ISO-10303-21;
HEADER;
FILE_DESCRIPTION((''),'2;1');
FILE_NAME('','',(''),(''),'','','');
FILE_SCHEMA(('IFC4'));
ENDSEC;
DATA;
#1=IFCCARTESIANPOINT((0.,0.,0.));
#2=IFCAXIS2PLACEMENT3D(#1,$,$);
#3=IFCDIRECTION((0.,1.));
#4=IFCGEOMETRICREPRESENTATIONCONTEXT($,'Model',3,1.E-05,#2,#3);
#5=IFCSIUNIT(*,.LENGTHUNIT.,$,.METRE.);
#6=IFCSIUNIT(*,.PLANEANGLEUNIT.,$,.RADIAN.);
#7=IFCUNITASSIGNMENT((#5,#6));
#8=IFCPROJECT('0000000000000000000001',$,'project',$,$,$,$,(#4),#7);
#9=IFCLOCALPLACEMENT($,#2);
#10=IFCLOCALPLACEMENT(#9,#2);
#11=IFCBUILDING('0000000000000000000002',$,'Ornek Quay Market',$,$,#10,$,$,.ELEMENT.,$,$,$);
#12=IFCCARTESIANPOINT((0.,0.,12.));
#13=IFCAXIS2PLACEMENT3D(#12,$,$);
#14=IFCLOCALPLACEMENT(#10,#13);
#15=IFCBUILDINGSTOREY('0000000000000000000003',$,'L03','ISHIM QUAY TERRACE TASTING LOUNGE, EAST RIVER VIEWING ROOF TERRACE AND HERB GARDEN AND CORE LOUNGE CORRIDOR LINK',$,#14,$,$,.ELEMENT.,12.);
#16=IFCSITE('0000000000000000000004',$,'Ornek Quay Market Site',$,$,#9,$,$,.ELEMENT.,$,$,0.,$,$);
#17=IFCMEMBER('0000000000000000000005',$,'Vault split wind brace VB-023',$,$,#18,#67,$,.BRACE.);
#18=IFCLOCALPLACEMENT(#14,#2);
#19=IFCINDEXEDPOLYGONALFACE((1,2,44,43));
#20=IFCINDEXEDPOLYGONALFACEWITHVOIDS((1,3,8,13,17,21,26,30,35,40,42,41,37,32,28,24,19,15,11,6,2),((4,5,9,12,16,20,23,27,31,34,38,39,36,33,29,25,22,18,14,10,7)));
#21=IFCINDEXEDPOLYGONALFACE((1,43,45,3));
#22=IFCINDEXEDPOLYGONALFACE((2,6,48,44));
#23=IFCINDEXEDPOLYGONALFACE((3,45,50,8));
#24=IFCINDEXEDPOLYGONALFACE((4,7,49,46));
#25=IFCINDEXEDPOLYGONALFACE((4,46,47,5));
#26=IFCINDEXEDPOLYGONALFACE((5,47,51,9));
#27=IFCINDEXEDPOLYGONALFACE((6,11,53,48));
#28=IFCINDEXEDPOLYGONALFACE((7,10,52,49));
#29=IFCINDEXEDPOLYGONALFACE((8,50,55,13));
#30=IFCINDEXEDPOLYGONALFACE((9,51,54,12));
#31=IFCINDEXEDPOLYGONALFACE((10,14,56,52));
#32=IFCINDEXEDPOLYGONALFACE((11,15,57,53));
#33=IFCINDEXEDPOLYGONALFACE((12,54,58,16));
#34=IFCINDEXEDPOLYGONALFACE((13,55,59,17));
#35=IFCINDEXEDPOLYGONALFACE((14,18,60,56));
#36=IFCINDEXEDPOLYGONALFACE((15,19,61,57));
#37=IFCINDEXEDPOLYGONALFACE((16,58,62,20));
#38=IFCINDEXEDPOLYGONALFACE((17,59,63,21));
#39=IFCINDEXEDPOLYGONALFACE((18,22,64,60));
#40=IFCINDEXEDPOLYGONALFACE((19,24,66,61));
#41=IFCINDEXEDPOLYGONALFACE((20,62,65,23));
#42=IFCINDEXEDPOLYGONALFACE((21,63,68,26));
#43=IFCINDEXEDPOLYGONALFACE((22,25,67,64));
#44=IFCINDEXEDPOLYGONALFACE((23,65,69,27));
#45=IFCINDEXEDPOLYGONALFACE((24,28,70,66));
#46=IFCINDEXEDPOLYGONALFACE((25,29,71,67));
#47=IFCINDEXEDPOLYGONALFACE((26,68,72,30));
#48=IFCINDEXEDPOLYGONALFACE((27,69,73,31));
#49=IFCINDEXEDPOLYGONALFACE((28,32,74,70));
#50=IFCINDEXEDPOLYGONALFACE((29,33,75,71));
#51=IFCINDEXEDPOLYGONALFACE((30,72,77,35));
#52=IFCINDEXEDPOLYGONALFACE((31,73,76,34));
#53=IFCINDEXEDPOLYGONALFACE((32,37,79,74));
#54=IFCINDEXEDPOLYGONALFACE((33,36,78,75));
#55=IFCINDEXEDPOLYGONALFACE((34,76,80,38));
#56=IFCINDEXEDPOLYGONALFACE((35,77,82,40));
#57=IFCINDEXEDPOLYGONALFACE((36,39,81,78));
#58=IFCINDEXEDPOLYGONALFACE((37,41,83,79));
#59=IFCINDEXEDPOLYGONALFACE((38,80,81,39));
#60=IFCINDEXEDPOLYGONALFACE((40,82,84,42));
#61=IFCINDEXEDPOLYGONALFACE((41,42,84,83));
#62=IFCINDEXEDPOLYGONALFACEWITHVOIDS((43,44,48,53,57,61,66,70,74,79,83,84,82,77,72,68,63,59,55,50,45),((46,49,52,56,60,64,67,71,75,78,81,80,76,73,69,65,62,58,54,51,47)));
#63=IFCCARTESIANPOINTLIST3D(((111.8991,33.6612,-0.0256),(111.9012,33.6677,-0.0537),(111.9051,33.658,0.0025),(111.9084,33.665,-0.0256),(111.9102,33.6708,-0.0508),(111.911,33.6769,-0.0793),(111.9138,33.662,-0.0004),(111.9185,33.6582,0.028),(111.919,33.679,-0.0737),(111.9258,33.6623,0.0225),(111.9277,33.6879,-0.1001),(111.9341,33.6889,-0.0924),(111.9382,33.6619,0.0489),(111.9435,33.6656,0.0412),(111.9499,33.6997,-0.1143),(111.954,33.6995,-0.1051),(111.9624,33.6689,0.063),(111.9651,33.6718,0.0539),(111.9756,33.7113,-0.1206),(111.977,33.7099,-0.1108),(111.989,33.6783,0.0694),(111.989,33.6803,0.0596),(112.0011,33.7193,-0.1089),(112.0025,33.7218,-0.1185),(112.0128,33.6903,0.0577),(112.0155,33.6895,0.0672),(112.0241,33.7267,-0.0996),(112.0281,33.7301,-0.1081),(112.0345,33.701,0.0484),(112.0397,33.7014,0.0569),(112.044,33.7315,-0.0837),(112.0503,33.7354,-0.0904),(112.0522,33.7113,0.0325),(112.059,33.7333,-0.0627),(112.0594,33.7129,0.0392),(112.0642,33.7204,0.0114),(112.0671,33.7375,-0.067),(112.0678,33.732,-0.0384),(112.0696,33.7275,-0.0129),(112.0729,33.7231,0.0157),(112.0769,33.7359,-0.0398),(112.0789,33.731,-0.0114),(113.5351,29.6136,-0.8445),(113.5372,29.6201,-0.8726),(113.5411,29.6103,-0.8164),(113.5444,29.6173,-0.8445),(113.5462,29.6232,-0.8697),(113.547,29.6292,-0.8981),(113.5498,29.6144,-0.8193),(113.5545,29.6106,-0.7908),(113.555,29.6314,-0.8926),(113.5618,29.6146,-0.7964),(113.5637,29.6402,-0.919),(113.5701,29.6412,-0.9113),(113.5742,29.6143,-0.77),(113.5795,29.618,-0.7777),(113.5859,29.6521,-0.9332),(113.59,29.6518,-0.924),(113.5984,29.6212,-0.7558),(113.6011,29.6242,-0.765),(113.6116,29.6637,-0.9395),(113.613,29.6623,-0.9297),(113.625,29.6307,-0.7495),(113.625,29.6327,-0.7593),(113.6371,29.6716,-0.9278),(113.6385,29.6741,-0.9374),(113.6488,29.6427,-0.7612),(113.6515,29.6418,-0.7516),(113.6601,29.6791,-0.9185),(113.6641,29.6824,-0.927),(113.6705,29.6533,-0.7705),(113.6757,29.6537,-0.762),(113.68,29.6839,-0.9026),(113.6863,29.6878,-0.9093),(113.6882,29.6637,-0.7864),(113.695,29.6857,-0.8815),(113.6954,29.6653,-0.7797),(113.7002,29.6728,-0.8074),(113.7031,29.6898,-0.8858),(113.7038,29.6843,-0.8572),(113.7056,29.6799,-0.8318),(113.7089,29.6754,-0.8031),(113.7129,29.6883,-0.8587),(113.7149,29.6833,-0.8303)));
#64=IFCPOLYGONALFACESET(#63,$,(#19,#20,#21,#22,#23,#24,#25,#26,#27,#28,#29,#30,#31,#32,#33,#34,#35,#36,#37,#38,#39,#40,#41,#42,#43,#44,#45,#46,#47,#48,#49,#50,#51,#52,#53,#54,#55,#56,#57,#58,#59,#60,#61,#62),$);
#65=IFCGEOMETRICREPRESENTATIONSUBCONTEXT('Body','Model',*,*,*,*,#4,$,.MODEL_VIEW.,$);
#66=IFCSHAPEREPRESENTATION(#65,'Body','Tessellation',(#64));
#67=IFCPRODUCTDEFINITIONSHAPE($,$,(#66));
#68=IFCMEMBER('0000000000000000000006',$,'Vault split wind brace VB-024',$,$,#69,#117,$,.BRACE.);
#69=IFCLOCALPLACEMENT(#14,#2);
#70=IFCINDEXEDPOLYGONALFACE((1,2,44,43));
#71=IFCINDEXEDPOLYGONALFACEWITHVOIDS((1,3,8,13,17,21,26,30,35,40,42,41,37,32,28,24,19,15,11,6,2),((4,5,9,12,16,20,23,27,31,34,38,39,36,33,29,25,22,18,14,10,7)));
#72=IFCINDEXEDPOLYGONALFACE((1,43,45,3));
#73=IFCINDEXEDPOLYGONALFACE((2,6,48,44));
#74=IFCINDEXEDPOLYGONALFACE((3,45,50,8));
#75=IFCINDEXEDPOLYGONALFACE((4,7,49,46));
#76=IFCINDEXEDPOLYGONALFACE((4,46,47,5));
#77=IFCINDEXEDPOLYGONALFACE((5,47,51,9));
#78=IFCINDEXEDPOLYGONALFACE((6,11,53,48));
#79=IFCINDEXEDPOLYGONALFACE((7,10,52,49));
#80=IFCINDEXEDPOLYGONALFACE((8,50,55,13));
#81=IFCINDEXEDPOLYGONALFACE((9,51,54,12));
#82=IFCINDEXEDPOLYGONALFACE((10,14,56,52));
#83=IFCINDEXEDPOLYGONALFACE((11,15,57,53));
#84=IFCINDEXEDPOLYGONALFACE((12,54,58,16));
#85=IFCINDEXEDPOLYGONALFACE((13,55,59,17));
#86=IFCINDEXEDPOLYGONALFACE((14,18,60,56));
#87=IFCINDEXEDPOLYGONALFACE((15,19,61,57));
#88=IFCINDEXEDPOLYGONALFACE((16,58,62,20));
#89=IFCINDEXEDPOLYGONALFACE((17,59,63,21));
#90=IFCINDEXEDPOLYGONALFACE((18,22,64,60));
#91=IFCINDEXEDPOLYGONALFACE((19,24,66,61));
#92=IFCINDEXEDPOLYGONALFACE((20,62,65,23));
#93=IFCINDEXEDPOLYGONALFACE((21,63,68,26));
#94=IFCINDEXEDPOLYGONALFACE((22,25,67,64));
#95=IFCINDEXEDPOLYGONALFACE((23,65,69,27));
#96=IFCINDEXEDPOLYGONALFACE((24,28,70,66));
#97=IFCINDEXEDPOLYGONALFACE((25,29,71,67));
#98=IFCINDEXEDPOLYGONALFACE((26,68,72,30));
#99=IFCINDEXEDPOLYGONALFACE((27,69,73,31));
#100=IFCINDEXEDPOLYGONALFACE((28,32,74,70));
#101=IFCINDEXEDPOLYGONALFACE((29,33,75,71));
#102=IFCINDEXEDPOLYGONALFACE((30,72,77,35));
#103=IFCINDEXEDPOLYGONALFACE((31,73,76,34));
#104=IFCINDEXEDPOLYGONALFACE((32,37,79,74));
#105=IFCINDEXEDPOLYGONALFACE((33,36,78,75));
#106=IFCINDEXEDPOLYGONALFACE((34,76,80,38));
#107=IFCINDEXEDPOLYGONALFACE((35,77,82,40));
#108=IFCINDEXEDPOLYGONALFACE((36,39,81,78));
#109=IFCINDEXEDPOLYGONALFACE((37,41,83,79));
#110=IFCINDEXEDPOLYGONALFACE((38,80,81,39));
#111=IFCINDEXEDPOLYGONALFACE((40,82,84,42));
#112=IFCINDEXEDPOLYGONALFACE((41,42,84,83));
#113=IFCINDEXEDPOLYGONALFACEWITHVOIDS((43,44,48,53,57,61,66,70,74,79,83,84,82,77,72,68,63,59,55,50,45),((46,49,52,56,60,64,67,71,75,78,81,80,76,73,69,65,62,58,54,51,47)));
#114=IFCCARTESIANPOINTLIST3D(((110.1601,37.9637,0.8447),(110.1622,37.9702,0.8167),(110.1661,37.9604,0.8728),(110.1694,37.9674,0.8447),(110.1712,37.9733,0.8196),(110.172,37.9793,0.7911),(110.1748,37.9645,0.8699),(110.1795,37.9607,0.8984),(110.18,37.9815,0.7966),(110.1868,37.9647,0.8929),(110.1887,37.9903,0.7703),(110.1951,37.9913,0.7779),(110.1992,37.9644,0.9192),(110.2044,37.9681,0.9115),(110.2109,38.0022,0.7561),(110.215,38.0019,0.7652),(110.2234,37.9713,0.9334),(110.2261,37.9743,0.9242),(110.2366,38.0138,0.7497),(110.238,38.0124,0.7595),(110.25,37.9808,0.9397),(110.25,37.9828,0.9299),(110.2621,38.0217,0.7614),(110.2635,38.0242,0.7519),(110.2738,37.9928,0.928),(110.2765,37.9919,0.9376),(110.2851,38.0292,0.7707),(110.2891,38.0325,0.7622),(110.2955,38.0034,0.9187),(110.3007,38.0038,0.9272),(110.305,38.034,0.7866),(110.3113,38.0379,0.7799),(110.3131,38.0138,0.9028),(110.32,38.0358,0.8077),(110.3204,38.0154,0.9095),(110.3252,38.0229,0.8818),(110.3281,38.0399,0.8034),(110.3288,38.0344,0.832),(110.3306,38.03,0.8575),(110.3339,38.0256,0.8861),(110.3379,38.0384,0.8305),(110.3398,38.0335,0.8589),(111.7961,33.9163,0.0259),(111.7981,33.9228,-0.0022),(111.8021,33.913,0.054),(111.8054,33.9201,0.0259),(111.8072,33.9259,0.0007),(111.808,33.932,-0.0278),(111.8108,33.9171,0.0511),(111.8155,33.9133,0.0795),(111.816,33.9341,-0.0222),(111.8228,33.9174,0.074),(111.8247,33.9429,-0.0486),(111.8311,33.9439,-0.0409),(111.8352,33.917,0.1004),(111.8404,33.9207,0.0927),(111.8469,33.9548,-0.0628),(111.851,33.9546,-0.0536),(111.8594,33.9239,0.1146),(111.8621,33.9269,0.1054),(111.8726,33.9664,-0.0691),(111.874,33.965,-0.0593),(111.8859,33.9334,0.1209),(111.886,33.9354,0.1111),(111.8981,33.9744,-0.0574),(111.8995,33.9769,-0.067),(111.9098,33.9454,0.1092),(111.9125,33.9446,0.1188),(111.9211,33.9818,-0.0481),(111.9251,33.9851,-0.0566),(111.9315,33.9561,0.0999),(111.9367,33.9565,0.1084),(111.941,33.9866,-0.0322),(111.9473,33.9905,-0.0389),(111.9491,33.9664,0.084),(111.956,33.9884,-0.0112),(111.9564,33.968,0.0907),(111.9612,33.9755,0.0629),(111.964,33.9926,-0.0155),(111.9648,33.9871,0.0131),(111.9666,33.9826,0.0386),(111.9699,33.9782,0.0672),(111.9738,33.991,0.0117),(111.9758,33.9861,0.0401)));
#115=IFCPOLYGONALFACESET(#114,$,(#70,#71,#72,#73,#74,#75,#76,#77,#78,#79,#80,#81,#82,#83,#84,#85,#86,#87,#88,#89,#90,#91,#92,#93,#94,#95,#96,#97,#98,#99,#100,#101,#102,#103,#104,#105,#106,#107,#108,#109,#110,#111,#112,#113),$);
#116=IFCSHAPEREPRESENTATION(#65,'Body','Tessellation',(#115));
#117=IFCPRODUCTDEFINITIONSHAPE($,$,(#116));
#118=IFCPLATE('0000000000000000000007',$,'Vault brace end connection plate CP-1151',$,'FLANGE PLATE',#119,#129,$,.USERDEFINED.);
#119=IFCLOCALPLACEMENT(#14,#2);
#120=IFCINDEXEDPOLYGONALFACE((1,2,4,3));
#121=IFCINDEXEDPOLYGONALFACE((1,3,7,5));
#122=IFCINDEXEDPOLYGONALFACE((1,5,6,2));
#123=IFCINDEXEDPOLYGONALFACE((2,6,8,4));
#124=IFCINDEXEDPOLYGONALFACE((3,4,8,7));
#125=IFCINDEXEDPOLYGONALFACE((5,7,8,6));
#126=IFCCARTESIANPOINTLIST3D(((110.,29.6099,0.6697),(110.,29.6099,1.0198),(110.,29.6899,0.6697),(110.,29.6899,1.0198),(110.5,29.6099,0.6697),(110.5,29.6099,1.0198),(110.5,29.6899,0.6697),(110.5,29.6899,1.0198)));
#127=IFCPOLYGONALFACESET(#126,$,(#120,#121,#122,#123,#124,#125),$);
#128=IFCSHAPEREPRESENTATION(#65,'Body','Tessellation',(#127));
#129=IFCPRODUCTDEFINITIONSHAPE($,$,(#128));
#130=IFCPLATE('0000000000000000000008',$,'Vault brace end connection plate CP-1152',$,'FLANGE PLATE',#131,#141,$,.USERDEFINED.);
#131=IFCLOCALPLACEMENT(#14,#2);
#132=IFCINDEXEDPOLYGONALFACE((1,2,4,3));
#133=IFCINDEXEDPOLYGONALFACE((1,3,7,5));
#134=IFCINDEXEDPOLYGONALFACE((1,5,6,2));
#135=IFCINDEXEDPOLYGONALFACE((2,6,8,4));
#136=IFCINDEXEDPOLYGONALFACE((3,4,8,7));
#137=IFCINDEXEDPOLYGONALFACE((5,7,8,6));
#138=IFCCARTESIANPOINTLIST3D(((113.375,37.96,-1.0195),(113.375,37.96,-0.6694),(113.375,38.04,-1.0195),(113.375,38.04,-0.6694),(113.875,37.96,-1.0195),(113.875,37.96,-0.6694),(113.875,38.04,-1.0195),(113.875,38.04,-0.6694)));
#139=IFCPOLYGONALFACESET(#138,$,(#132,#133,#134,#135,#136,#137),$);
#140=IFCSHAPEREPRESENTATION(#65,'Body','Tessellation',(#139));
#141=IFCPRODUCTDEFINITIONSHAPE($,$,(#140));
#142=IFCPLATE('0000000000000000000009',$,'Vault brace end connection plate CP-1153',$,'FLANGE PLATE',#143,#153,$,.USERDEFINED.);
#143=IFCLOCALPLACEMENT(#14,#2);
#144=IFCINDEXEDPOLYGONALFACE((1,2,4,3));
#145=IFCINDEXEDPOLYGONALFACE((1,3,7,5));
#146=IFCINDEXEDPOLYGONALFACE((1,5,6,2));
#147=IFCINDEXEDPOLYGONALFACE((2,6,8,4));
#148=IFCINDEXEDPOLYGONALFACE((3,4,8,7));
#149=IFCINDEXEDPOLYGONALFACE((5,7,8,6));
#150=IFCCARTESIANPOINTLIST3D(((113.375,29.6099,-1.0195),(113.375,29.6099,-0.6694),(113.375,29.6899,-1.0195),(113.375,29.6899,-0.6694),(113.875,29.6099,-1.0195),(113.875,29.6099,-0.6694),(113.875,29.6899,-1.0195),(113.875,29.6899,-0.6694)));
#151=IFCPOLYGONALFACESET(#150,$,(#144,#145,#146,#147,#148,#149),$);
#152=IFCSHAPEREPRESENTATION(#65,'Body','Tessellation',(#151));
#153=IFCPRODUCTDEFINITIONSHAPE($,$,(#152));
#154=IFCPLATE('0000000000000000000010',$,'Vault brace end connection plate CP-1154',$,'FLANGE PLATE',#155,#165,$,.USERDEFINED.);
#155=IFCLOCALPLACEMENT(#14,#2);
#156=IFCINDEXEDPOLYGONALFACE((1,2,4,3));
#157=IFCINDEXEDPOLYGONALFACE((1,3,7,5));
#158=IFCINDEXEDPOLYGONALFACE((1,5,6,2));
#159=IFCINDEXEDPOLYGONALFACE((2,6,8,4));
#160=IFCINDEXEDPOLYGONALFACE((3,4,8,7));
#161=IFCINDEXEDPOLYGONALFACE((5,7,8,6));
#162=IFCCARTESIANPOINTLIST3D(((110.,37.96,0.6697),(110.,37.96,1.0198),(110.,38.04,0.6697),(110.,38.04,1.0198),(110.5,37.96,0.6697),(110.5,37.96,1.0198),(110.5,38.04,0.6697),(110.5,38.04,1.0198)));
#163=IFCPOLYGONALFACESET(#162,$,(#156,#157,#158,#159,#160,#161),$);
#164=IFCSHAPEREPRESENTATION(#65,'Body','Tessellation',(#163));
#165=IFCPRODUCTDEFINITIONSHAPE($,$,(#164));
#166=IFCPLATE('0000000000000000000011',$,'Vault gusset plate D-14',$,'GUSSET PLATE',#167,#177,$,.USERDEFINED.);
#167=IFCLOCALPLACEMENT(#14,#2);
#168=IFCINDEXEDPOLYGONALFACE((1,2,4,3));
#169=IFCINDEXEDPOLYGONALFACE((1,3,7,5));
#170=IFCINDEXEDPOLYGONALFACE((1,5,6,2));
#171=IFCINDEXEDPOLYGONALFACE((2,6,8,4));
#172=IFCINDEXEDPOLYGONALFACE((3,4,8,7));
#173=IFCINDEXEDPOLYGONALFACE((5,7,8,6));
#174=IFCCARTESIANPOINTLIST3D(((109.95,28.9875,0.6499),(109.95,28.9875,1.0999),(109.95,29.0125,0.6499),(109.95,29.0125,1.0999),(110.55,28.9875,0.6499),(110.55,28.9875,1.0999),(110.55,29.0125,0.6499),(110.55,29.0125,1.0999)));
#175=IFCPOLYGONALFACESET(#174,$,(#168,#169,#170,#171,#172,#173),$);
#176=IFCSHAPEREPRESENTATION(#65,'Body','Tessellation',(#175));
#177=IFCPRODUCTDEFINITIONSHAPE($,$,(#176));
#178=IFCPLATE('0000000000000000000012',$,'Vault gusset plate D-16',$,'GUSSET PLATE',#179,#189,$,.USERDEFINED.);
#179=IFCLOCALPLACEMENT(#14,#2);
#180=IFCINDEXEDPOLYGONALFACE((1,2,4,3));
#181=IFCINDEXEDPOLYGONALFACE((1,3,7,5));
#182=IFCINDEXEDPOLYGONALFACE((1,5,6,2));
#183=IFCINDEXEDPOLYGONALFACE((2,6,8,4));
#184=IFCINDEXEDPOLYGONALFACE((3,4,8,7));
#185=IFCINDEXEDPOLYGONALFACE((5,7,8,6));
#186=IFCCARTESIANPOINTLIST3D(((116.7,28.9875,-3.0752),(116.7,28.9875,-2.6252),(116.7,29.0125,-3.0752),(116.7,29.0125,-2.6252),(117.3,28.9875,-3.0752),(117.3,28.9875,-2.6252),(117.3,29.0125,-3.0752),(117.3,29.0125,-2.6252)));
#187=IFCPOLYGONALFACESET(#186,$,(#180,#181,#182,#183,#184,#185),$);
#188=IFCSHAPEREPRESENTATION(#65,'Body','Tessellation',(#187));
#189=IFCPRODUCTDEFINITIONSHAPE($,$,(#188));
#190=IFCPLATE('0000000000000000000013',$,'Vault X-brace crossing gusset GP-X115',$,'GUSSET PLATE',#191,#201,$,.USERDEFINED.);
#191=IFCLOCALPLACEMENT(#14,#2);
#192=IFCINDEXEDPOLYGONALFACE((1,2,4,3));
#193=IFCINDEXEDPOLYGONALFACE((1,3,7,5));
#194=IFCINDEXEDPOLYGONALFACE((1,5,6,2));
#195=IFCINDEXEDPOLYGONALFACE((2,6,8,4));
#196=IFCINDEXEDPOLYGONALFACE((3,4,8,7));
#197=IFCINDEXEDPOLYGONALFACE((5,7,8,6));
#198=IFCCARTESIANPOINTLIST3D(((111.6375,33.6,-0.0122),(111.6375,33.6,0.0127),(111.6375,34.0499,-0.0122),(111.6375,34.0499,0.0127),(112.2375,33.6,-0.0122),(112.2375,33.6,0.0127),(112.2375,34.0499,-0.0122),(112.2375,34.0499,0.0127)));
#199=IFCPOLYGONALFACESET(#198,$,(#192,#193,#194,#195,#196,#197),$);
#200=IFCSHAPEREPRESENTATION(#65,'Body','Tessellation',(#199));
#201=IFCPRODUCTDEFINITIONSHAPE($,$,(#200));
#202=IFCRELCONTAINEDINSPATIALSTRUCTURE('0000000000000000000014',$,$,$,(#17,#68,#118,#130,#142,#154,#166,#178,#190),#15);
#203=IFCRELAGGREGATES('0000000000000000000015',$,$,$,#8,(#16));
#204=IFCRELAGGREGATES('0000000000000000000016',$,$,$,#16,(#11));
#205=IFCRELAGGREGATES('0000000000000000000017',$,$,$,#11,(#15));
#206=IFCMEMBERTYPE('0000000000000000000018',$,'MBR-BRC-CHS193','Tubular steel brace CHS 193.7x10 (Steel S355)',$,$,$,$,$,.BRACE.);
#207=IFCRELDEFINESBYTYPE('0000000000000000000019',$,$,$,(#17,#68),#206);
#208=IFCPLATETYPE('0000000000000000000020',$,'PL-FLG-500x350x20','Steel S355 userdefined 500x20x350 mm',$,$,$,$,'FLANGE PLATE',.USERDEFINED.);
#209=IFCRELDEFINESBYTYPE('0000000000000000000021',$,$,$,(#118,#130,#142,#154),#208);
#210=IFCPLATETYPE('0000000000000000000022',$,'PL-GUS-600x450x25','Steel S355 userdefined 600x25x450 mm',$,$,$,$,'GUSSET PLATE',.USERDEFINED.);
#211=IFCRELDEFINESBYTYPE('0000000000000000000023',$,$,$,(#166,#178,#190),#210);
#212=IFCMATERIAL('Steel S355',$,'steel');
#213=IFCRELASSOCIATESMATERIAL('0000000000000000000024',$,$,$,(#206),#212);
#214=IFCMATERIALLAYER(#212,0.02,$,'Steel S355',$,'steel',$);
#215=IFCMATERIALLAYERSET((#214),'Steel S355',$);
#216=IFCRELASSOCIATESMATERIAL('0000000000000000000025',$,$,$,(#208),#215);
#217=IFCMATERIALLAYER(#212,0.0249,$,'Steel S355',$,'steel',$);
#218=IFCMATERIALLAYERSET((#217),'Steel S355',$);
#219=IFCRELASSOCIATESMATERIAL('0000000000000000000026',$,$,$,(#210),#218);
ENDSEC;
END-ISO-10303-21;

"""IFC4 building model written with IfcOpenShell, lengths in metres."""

from ifc_helpers import new_model, si_unit, direction, frame, origin, origin_2d, place, context, subcontext, project, spatial, rectangle, hollow_circle, extrude, material, layer, layer_set, material_profile, profile_set, type_object, element, save


model = new_model("IFC4")

# Units and contexts
model_context = context("Model", 3, precision=1e-05, world=origin(), true_north=direction((0.0, 1.0)))
body_context = subcontext(model_context, "Body", "Model", "MODEL_VIEW")
ifc_project = project(units=[si_unit("LENGTHUNIT", "METRE"), si_unit("PLANEANGLEUNIT", "RADIAN")], contexts=[model_context])

# Site, building, storey
site_placement = place(None, origin())
site = spatial("IfcSite", under=ifc_project, at=site_placement, Name="Ornek Quay Market Site", CompositionType="ELEMENT", RefElevation=0.0)
building_placement = place(site_placement, origin())
building = spatial("IfcBuilding", under=site, at=building_placement, Name="Ornek Quay Market", CompositionType="ELEMENT")
storey_placement = place(building_placement, frame((0.0, 0.0, 12.0)))
storey = spatial("IfcBuildingStorey", under=building, at=storey_placement, Name="L03", Description="ISHIM QUAY TERRACE TASTING LOUNGE, EAST RIVER VIEWING ROOF TERRACE AND HERB GARDEN AND CORE LOUNGE CORRIDOR LINK", CompositionType="ELEMENT", Elevation=12.0)

# Shared definitions
ifc_material_1 = material(Name="Steel S355", Category="steel")

# Members
ifc_material_profile_1 = material_profile(ifc_material_1, hollow_circle(Radius=0.0969, WallThickness=0.01, at=origin_2d()), Name="CHS 193.7x10", Category="steel")
ifc_profile_set_1 = profile_set([ifc_material_profile_1], Name="Steel S355")
member_type = type_object("IfcMemberType", Name="MBR-BRC-CHS193", Description="Tubular steel brace CHS 193.7x10 (Steel S355)", PredefinedType="BRACE", material=ifc_profile_set_1)
member_1_placement = place(storey_placement, frame((113.625, 29.6499, -0.8445), z_axis=(-0.368311, 0.911242, 0.184348), x_axis=(-0.927132, -0.374734, 0.0)))
element("IfcMember", 1, at=member_1_placement, inside=storey, type_object=member_type, Name="Vault split wind brace VB-023", PredefinedType="BRACE", context=body_context, shape_type="SweptSolid", body=[
    extrude(hollow_circle(Radius=0.0969, WallThickness=0.01, at=origin_2d()), origin(), (0.0, 0.0, 1.0), 4.4419),
])
member_2_placement = place(storey_placement, frame((111.886, 33.9526, 0.0259), z_axis=(-0.36833, 0.911233, 0.184357), x_axis=(-0.927125, -0.374753, 0.0)))
element("IfcMember", 2, at=member_2_placement, inside=storey, type_object=member_type, Name="Vault split wind brace VB-024", PredefinedType="BRACE", context=body_context, shape_type="SweptSolid", body=[
    extrude(hollow_circle(Radius=0.0969, WallThickness=0.01, at=origin_2d()), origin(), (0.0, 0.0, 1.0), 4.4417),
])

# Plates
ifc_layer_1 = layer(ifc_material_1, 0.02, Name="Steel S355", Category="steel")
ifc_layer_set_1 = layer_set([ifc_layer_1], Name="Steel S355")
plate_type_1 = type_object("IfcPlateType", Name="PL-FLG-500x350x20", Description="Steel S355 userdefined 500x20x350 mm", ElementType="FLANGE PLATE", PredefinedType="USERDEFINED", material=ifc_layer_set_1)
for number, where, z_axis, x_axis, name in (
    (3, (110.25, 29.6499, 0.6697), (0.0, 0.0, 1.0), (1.0, 0.0, 0.0), "Vault brace end connection plate CP-1151"),
    (4, (113.625, 38.0, -1.0195), (0.0, 0.0, 1.0), (1.0, 0.0, 0.0), "Vault brace end connection plate CP-1152"),
    (5, (113.625, 29.6499, -1.0195), (0.0, 0.0, 1.0), (1.0, 0.0, 0.0), "Vault brace end connection plate CP-1153"),
    (6, (110.25, 38.0, 0.6697), (0.0, 0.0, 1.0), (1.0, 0.0, 0.0), "Vault brace end connection plate CP-1154"),
):
    element("IfcPlate", number, at=place(storey_placement, frame(where, z_axis=z_axis, x_axis=x_axis)), inside=storey, type_object=plate_type_1, Name=name, ObjectType="FLANGE PLATE", PredefinedType="USERDEFINED", context=body_context, shape_type="SweptSolid", body=[
        extrude(rectangle(XDim=0.5, YDim=0.0801, at=origin_2d()), origin(), (0.0, 0.0, 1.0), 0.3501),
    ])
ifc_layer_2 = layer(ifc_material_1, 0.0249, Name="Steel S355", Category="steel")
ifc_layer_set_2 = layer_set([ifc_layer_2], Name="Steel S355")
plate_type_2 = type_object("IfcPlateType", Name="PL-GUS-600x450x25", Description="Steel S355 userdefined 600x25x450 mm", ElementType="GUSSET PLATE", PredefinedType="USERDEFINED", material=ifc_layer_set_2)
for number, where, z_axis, x_axis, name in (
    (7, (110.25, 29.0, 0.6499), (0.0, 0.0, 1.0), (1.0, 0.0, 0.0), "Vault gusset plate D-14"),
    (8, (117.0, 29.0, -3.0752), (0.0, 0.0, 1.0), (1.0, 0.0, 0.0), "Vault gusset plate D-16"),
):
    element("IfcPlate", number, at=place(storey_placement, frame(where, z_axis=z_axis, x_axis=x_axis)), inside=storey, type_object=plate_type_2, Name=name, ObjectType="GUSSET PLATE", PredefinedType="USERDEFINED", context=body_context, shape_type="SweptSolid", body=[
        extrude(rectangle(XDim=0.6001, YDim=0.0249, at=origin_2d()), origin(), (0.0, 0.0, 1.0), 0.45),
    ])
plate_placement = place(storey_placement, frame((111.9375, 33.825, -0.0122), z_axis=(0.0, 0.0, 1.0), x_axis=(1.0, 0.0, 0.0)))
element("IfcPlate", 9, at=plate_placement, inside=storey, type_object=plate_type_2, Name="Vault X-brace crossing gusset GP-X115", ObjectType="GUSSET PLATE", PredefinedType="USERDEFINED", context=body_context, shape_type="SweptSolid", body=[
    extrude(rectangle(XDim=0.6001, YDim=0.45, at=origin_2d()), origin(), (0.0, 0.0, 1.0), 0.0249),
])

save(model, "model.ifc")
